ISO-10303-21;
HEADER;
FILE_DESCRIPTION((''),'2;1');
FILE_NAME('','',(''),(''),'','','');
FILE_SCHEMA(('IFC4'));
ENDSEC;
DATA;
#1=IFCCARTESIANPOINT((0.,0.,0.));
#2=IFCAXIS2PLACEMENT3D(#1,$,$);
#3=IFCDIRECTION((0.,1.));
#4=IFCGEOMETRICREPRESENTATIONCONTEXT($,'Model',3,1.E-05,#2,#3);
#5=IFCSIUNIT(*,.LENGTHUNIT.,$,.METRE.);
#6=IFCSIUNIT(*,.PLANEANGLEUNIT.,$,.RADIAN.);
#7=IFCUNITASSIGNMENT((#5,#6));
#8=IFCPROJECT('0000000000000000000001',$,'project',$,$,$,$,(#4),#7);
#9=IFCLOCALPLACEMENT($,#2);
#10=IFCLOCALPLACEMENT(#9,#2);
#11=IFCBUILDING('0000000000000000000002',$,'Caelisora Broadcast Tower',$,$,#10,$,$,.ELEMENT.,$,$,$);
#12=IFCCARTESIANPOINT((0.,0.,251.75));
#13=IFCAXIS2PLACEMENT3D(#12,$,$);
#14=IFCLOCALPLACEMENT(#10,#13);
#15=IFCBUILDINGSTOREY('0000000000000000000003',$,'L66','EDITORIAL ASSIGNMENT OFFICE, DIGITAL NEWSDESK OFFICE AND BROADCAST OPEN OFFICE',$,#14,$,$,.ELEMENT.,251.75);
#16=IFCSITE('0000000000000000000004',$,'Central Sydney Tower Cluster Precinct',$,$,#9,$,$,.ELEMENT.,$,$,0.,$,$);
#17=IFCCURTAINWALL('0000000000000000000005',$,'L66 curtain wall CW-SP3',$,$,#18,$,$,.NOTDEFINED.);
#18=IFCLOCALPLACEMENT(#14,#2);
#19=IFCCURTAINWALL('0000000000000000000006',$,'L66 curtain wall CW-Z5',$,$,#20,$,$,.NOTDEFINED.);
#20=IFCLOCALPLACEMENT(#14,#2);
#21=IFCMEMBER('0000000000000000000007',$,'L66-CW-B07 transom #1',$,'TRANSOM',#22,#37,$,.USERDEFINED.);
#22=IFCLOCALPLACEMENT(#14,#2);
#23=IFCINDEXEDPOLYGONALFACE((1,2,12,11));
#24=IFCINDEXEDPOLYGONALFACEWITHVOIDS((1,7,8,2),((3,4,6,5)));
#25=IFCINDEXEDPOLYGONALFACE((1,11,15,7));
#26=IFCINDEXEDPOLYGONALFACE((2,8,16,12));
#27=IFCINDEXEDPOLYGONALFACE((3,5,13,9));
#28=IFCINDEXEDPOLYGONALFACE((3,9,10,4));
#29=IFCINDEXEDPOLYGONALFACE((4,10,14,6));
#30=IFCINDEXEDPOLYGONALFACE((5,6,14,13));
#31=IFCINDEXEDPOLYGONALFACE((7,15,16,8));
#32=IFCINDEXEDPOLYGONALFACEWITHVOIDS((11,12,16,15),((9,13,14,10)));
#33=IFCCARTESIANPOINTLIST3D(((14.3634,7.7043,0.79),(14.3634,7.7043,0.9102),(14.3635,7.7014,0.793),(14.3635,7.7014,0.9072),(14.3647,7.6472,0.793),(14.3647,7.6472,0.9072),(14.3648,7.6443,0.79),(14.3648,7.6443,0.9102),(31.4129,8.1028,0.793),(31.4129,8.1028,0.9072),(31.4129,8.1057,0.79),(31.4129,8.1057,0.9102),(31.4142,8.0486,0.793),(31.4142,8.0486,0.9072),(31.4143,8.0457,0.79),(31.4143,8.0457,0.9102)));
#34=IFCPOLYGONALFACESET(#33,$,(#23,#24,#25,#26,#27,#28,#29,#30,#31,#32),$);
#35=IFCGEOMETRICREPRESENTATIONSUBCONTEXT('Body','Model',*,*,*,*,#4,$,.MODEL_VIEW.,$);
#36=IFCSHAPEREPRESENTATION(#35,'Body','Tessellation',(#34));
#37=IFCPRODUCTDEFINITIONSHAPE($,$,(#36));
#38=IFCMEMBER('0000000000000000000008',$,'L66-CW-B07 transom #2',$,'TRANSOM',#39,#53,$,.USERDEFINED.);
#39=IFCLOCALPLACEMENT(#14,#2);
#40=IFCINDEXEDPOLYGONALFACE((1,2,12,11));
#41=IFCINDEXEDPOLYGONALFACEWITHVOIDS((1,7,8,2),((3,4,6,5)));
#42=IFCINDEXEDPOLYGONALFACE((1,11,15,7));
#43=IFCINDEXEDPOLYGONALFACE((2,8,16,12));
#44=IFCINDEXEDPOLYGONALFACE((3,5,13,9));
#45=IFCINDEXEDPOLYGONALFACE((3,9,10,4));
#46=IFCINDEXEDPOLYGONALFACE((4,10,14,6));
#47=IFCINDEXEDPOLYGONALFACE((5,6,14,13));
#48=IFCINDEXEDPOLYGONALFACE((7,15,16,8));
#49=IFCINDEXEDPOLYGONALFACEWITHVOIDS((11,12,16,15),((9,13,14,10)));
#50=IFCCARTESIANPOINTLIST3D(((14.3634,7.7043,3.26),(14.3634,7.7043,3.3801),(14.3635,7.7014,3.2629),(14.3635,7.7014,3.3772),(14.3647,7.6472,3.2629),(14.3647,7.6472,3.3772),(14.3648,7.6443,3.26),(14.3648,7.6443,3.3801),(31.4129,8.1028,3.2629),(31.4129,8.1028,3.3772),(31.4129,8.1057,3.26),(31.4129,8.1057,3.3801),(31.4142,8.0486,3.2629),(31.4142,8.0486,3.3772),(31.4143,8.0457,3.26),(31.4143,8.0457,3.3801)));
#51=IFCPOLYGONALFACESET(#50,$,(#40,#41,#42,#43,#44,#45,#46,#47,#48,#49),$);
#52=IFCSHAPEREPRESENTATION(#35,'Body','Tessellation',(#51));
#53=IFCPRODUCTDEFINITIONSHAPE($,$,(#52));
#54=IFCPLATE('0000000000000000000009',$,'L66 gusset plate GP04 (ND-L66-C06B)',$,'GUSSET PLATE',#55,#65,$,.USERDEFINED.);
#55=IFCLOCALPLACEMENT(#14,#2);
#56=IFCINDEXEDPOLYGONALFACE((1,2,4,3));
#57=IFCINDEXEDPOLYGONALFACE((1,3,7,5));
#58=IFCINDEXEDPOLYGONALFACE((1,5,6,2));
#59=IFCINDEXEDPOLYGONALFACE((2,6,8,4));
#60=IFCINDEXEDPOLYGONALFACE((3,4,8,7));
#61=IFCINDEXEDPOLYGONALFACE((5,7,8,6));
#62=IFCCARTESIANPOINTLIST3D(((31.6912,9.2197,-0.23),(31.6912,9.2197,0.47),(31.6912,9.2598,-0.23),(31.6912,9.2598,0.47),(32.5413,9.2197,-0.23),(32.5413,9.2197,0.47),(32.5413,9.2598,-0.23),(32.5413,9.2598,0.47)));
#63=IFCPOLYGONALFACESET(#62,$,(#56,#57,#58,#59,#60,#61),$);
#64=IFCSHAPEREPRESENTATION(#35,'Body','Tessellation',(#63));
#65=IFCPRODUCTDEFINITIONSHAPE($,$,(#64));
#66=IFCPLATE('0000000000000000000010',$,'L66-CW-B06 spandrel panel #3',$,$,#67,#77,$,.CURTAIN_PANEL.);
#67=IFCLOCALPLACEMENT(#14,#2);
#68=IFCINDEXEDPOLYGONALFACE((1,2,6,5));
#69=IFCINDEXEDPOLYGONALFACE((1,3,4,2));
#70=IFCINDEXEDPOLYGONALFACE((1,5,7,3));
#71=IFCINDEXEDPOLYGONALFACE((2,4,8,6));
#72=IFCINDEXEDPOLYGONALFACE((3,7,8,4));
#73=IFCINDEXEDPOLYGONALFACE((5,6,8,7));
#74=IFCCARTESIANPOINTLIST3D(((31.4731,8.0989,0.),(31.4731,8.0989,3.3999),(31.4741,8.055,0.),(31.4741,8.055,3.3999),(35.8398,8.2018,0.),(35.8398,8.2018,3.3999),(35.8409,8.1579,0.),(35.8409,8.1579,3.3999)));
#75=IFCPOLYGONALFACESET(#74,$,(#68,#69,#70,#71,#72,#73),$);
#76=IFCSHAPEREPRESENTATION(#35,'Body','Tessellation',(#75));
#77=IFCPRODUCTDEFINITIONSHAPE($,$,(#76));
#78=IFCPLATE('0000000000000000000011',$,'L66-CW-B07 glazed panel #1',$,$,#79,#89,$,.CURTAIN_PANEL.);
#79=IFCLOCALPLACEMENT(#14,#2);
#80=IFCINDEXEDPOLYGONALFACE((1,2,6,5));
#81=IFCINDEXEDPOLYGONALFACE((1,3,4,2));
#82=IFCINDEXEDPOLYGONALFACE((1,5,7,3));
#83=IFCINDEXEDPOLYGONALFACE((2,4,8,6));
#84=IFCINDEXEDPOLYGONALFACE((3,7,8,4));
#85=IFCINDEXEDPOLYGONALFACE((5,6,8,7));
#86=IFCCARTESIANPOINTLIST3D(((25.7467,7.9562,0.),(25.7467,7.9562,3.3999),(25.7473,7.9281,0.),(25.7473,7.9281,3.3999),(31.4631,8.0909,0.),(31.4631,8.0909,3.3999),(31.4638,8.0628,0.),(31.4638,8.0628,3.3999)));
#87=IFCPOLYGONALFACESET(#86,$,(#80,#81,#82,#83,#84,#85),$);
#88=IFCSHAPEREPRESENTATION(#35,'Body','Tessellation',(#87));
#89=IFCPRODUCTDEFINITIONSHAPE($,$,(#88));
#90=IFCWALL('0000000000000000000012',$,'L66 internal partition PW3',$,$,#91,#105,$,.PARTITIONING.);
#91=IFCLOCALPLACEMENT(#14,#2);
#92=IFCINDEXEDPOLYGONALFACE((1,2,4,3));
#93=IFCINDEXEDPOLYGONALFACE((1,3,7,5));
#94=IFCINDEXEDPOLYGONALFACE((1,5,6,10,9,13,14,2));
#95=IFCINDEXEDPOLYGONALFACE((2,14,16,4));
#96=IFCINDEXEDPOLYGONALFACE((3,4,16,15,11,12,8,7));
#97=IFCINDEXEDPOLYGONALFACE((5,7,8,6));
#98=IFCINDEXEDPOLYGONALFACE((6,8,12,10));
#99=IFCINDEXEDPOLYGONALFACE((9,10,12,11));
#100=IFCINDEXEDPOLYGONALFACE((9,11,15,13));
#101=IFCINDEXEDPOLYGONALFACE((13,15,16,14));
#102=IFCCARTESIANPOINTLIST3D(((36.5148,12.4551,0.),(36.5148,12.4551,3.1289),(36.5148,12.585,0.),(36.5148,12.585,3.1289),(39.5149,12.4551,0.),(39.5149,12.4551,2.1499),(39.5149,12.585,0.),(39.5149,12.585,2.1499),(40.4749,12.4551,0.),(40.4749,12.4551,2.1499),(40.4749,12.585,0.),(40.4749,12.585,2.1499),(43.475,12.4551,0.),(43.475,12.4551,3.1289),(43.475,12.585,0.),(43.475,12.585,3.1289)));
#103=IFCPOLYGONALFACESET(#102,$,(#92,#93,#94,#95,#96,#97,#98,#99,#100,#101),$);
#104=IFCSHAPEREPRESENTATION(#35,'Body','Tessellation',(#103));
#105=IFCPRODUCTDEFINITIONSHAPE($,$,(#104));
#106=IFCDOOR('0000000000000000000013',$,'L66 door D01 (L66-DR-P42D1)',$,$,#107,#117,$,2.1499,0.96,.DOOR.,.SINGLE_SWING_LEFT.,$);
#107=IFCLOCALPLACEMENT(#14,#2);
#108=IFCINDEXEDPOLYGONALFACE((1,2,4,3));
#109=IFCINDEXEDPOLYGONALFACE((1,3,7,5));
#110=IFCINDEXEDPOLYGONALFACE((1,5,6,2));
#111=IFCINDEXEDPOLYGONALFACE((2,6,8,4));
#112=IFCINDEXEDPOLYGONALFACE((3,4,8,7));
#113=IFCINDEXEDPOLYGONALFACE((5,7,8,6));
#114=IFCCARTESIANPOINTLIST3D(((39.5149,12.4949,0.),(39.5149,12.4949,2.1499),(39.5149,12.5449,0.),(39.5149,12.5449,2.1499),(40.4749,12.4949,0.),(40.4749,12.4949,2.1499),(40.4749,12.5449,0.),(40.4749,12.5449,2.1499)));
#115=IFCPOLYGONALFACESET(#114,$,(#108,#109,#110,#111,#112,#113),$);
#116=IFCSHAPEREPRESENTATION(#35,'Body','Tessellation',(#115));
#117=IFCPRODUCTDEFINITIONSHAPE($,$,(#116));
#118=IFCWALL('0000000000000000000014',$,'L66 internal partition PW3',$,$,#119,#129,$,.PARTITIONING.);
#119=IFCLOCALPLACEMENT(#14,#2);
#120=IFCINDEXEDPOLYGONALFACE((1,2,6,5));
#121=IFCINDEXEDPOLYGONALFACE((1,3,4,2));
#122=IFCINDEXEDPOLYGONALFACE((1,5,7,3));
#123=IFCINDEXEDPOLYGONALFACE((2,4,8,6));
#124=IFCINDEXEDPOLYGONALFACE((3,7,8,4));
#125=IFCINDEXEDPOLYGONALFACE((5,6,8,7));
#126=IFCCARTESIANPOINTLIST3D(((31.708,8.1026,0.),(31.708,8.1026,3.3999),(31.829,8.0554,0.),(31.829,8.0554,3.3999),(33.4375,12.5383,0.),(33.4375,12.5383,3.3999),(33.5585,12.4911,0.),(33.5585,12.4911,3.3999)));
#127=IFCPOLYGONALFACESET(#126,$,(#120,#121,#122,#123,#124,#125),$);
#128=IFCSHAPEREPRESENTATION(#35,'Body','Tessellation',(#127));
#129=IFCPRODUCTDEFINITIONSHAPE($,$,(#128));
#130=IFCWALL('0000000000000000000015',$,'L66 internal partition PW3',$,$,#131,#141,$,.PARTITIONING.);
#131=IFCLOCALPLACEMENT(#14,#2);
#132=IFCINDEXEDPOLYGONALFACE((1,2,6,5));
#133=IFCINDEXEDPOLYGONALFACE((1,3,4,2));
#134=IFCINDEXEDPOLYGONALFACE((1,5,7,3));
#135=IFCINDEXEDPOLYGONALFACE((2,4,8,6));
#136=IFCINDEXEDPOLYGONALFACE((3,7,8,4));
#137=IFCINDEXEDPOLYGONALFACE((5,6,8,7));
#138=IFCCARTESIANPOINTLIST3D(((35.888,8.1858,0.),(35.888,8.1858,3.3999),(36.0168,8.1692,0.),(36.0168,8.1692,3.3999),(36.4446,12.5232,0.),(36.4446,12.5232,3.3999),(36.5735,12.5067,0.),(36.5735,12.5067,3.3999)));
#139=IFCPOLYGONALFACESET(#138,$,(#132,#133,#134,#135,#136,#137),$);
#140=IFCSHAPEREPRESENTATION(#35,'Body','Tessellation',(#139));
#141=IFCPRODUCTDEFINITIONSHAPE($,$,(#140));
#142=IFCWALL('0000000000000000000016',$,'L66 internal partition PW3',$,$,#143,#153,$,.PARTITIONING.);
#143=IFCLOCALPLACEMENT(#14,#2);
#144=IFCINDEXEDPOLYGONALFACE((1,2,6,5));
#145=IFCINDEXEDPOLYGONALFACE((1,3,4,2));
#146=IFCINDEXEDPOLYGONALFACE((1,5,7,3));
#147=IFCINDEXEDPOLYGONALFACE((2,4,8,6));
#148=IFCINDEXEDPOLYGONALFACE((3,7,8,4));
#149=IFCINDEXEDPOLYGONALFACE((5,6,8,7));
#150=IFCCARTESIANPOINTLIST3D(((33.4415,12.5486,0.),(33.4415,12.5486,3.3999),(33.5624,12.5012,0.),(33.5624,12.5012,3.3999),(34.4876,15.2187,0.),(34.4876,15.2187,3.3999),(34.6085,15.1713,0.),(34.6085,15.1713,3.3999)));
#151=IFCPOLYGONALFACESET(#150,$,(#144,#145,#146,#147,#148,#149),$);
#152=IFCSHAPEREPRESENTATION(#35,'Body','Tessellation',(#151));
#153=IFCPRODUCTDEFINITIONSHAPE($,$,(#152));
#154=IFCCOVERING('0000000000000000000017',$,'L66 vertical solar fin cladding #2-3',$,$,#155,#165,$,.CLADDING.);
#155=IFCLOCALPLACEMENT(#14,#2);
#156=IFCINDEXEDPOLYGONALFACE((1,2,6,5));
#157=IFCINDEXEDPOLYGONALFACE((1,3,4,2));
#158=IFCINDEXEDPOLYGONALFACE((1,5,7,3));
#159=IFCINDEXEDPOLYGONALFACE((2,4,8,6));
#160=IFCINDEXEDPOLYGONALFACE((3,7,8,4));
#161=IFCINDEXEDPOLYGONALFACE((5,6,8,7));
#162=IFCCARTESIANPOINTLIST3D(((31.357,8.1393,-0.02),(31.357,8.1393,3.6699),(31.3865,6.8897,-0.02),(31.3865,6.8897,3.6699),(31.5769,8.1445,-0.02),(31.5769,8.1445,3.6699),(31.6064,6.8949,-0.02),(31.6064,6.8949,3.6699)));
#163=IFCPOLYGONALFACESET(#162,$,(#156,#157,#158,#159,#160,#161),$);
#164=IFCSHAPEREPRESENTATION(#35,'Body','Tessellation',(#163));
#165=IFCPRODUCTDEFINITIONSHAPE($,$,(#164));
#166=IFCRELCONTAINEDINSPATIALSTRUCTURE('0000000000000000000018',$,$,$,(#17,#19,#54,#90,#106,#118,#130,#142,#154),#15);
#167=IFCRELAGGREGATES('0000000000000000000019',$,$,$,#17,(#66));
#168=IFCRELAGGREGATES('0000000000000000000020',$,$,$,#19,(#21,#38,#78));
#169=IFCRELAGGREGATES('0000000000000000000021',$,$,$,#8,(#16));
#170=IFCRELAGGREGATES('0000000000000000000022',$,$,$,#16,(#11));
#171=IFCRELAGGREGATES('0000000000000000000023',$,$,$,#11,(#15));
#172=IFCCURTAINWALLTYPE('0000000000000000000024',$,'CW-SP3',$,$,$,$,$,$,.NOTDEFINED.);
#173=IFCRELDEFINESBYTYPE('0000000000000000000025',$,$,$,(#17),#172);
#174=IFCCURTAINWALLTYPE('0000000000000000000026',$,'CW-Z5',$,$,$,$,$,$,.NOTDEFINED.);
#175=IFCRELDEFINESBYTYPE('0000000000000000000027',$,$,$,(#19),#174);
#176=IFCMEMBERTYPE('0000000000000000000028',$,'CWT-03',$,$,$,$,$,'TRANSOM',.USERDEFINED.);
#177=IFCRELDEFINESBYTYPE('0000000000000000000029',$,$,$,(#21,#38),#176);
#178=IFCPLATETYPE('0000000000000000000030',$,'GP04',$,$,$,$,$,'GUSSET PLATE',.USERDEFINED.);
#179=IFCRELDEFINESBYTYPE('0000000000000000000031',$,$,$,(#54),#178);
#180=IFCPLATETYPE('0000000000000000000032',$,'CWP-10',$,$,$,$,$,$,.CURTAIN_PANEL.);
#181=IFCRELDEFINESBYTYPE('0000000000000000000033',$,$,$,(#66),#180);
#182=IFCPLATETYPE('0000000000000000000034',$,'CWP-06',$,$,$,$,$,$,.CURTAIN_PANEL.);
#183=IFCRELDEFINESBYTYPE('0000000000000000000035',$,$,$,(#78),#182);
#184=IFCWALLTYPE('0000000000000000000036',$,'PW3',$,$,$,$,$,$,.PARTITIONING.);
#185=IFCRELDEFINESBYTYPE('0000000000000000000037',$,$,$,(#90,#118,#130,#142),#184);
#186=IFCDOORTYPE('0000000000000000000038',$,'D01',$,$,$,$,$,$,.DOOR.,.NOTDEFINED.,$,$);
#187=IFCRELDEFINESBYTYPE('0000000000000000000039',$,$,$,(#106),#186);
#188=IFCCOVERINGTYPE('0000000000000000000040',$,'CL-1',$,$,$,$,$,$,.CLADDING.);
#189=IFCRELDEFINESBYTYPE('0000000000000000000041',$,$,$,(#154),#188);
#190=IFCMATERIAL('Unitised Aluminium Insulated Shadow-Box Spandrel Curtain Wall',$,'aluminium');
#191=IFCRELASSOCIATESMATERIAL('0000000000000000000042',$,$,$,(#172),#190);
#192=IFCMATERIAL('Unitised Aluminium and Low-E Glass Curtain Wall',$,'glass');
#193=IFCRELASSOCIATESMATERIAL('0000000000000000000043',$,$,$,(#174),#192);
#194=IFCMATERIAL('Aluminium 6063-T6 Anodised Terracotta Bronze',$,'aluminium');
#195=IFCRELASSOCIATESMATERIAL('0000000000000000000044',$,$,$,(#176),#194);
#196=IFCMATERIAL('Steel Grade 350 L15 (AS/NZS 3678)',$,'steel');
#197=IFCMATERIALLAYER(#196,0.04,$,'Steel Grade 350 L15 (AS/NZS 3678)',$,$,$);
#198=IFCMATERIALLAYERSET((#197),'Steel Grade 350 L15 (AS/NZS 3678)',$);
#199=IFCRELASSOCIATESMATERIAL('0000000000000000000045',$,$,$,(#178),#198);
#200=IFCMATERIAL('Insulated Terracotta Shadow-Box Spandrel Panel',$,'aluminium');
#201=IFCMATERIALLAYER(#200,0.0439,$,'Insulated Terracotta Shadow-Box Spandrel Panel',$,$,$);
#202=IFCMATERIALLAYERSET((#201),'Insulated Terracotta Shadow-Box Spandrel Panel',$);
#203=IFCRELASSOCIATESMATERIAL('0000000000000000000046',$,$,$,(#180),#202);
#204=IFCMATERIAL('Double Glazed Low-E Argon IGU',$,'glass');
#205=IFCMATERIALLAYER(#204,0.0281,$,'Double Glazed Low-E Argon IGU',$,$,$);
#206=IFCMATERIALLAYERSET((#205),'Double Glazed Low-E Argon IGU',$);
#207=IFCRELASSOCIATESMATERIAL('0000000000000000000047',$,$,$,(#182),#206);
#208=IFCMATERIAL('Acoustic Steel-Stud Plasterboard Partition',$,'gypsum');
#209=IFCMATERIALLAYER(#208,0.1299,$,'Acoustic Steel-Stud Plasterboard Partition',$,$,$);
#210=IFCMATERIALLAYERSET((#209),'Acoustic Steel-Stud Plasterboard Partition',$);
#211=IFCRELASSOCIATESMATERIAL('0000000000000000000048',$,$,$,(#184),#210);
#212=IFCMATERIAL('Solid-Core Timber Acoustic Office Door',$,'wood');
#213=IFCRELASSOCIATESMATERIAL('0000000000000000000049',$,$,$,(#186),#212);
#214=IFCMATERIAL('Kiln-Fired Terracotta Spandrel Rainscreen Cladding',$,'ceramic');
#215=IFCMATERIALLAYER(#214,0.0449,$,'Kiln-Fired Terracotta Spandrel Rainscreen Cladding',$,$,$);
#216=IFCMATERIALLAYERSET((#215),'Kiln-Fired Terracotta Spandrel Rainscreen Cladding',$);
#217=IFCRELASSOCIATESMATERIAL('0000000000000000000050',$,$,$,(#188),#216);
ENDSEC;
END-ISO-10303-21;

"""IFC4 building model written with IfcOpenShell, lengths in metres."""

from ifc_helpers import new_model, si_unit, direction, frame, frame_2d, origin, origin_2d, place, context, subcontext, project, spatial, rectangle, hollow_rectangle, extrude, source, transform, mapped, material, layer, layer_set, material_profile, profile_set, type_object, type_shapes, element, fill, aggregate, save


model = new_model("IFC4")

# Units and contexts
model_context = context("Model", 3, precision=1e-05, world=origin(), true_north=direction((0.0, 1.0)))
body_context = subcontext(model_context, "Body", "Model", "MODEL_VIEW")
ifc_project = project(units=[si_unit("LENGTHUNIT", "METRE"), si_unit("PLANEANGLEUNIT", "RADIAN")], contexts=[model_context])

# Site, building, storey
site_placement = place(None, origin())
site = spatial("IfcSite", under=ifc_project, at=site_placement, Name="Central Sydney Tower Cluster Precinct", CompositionType="ELEMENT", RefElevation=0.0)
building_placement = place(site_placement, origin())
building = spatial("IfcBuilding", under=site, at=building_placement, Name="Caelisora Broadcast Tower", CompositionType="ELEMENT")
storey_placement = place(building_placement, frame((0.0, 0.0, 251.75)))
storey = spatial("IfcBuildingStorey", under=building, at=storey_placement, Name="L66", Description="EDITORIAL ASSIGNMENT OFFICE, DIGITAL NEWSDESK OFFICE AND BROADCAST OPEN OFFICE", CompositionType="ELEMENT", Elevation=251.75)

# Shared definitions
ifc_material_1 = material(Name="Steel Grade 350 L15 (AS/NZS 3678)", Category="steel")

# Curtain walls, members
ifc_material_2 = material(Name="Unitised Aluminium Insulated Shadow-Box Spandrel Curtain Wall", Category="aluminium")
curtain_wall_type_1 = type_object("IfcCurtainWallType", Name="CW-SP3", PredefinedType="NOTDEFINED", material=ifc_material_2)
curtain_wall_1_placement = place(storey_placement, origin())
curtain_wall_1 = element("IfcCurtainWall", 1, at=curtain_wall_1_placement, inside=storey, type_object=curtain_wall_type_1, Name="L66 curtain wall CW-SP3", PredefinedType="NOTDEFINED")
ifc_material_3 = material(Name="Aluminium 6063-T6 Anodised Terracotta Bronze", Category="aluminium")
ifc_material_4 = material(Name="Unitised Aluminium and Low-E Glass Curtain Wall", Category="glass")
curtain_wall_type_2 = type_object("IfcCurtainWallType", Name="CW-Z5", PredefinedType="NOTDEFINED", material=ifc_material_4)
curtain_wall_2_placement = place(storey_placement, origin())
curtain_wall_2 = element("IfcCurtainWall", 2, at=curtain_wall_2_placement, inside=storey, type_object=curtain_wall_type_2, Name="L66 curtain wall CW-Z5", PredefinedType="NOTDEFINED")
ifc_material_profile_1 = material_profile(ifc_material_3, hollow_rectangle(XDim=0.0601, YDim=0.1201, WallThickness=0.0029, at=origin_2d()), Name="Aluminium 6063-T6 Anodised Terracotta Bronze")
ifc_profile_set_1 = profile_set([ifc_material_profile_1], Name="Aluminium 6063-T6 Anodised Terracotta Bronze")
member_type_1 = type_object("IfcMemberType", Name="CWT-03", ElementType="TRANSOM", PredefinedType="USERDEFINED", material=ifc_profile_set_1)
shared_shape_1 = source(origin(), body_context, "Body", "SweptSolid", [
    extrude(hollow_rectangle(XDim=0.0601, YDim=0.1201, WallThickness=0.0029, at=origin_2d()), origin(), (0.0, 0.0, 1.0), 17.0542),
])
type_shapes(member_type_1, [shared_shape_1])
member_1_placement = place(storey_placement, frame((31.4136, 8.0757, 0.8501), z_axis=(-0.999723, -0.023535, 0.0), x_axis=(0.023535, -0.999723, 0.0)))
member_1 = element("IfcMember", 3, at=member_1_placement, type_object=member_type_1, Name="L66-CW-B07 transom #1", ObjectType="TRANSOM", PredefinedType="USERDEFINED", context=body_context, shape_type="MappedRepresentation", body=[
    mapped(shared_shape_1, transform((0.0, 0.0, 0.0), scale=1.0)),
])
member_2_placement = place(storey_placement, frame((31.4136, 8.0757, 3.3201), z_axis=(-0.999723, -0.023535, 0.0), x_axis=(0.023535, -0.999723, 0.0)))
member_2 = element("IfcMember", 4, at=member_2_placement, type_object=member_type_1, Name="L66-CW-B07 transom #2", ObjectType="TRANSOM", PredefinedType="USERDEFINED", context=body_context, shape_type="MappedRepresentation", body=[
    mapped(shared_shape_1, transform((0.0, 0.0, 0.0), scale=1.0)),
])

# Plates
ifc_layer_1 = layer(ifc_material_1, 0.04, Name="Steel Grade 350 L15 (AS/NZS 3678)")
ifc_layer_set_1 = layer_set([ifc_layer_1], Name="Steel Grade 350 L15 (AS/NZS 3678)")
plate_type_1 = type_object("IfcPlateType", Name="GP04", ElementType="GUSSET PLATE", PredefinedType="USERDEFINED", material=ifc_layer_set_1)
shared_shape_2 = source(origin(), body_context, "Body", "SweptSolid", [
    extrude(rectangle(XDim=0.8501, YDim=0.04, at=origin_2d()), origin(), (0.0, 0.0, 1.0), 0.7),
])
type_shapes(plate_type_1, [shared_shape_2])
plate_1_placement = place(storey_placement, frame((32.1162, 9.2397, -0.23), z_axis=(0.0, 0.0, 1.0), x_axis=(1.0, 0.0, 0.0)))
element("IfcPlate", 5, at=plate_1_placement, inside=storey, type_object=plate_type_1, Name="L66 gusset plate GP04 (ND-L66-C06B)", ObjectType="GUSSET PLATE", PredefinedType="USERDEFINED", context=body_context, shape_type="MappedRepresentation", body=[
    mapped(shared_shape_2, transform((0.0, 0.0, 0.0), scale=1.0)),
])
ifc_material_5 = material(Name="Insulated Terracotta Shadow-Box Spandrel Panel", Category="aluminium")
ifc_layer_2 = layer(ifc_material_5, 0.0439, Name="Insulated Terracotta Shadow-Box Spandrel Panel")
ifc_layer_set_2 = layer_set([ifc_layer_2], Name="Insulated Terracotta Shadow-Box Spandrel Panel")
plate_type_2 = type_object("IfcPlateType", Name="CWP-10", PredefinedType="CURTAIN_PANEL", material=ifc_layer_set_2)
shared_shape_3 = source(origin(), body_context, "Body", "SweptSolid", [
    extrude(rectangle(XDim=4.3679, YDim=0.0439, at=origin_2d()), origin(), (0.0, 0.0, 1.0), 3.3999),
])
type_shapes(plate_type_2, [shared_shape_3])
plate_2_placement = place(storey_placement, frame((33.657, 8.1284, 0.0), z_axis=(0.0, 0.0, 1.0), x_axis=(-0.999722, -0.02356, 0.0)))
plate_2 = element("IfcPlate", 6, at=plate_2_placement, type_object=plate_type_2, Name="L66-CW-B06 spandrel panel #3", PredefinedType="CURTAIN_PANEL", context=body_context, shape_type="MappedRepresentation", body=[
    mapped(shared_shape_3, transform((0.0, 0.0, 0.0), scale=1.0)),
])
aggregate(curtain_wall_1, [plate_2])
ifc_material_6 = material(Name="Double Glazed Low-E Argon IGU", Category="glass")
ifc_layer_3 = layer(ifc_material_6, 0.0281, Name="Double Glazed Low-E Argon IGU")
ifc_layer_set_3 = layer_set([ifc_layer_3], Name="Double Glazed Low-E Argon IGU")
plate_type_3 = type_object("IfcPlateType", Name="CWP-06", PredefinedType="CURTAIN_PANEL", material=ifc_layer_set_3)
shared_shape_4 = source(origin(), body_context, "Body", "SweptSolid", [
    extrude(rectangle(XDim=5.718, YDim=0.0281, at=origin_2d()), origin(), (0.0, 0.0, 1.0), 3.3999),
])
type_shapes(plate_type_3, [shared_shape_4])
plate_3_placement = place(storey_placement, frame((28.6052, 8.0095, 0.0), z_axis=(0.0, 0.0, 1.0), x_axis=(-0.999722, -0.02356, 0.0)))
plate_3 = element("IfcPlate", 7, at=plate_3_placement, type_object=plate_type_3, Name="L66-CW-B07 glazed panel #1", PredefinedType="CURTAIN_PANEL", context=body_context, shape_type="MappedRepresentation", body=[
    mapped(shared_shape_4, transform((0.0, 0.0, 0.0), scale=1.0)),
])
aggregate(curtain_wall_2, [member_1, member_2, plate_3])

# Wall, opening, door
ifc_material_7 = material(Name="Acoustic Steel-Stud Plasterboard Partition", Category="gypsum")
ifc_layer_4 = layer(ifc_material_7, 0.1299, Name="Acoustic Steel-Stud Plasterboard Partition")
ifc_layer_set_4 = layer_set([ifc_layer_4], Name="Acoustic Steel-Stud Plasterboard Partition")
wall_type = type_object("IfcWallType", Name="PW3", PredefinedType="PARTITIONING", material=ifc_layer_set_4)
wall_1_placement = place(storey_placement, frame((36.5149, 12.52, 0.0), z_axis=(0.0, 0.0, 1.0), x_axis=(1.0, 0.0, 0.0)))
wall_1 = element("IfcWall", 8, at=wall_1_placement, inside=storey, type_object=wall_type, Name="L66 internal partition PW3", PredefinedType="PARTITIONING", context=body_context, shape_type="SweptSolid", body=[
    extrude(rectangle(XDim=6.9602, YDim=0.1299, at=frame_2d((3.48, 0.0))), origin(), (0.0, 0.0, 1.0), 3.1289),
])
opening_placement = place(wall_1_placement, frame((3.0, 0.0, 0.0)))
opening = element("IfcOpeningElement", 9, at=opening_placement, cuts=wall_1, PredefinedType="OPENING", context=body_context, shape_type="SweptSolid", body=[
    extrude(rectangle(XDim=0.96, YDim=2.1499, at=frame_2d((0.48, 1.075))), frame((0.0, 0.0769, 0.0), z_axis=(0.0, -1.0, 0.0), x_axis=(1.0, 0.0, 0.0)), (0.0, 0.0, 1.0), 0.1538),
])
ifc_material_8 = material(Name="Solid-Core Timber Acoustic Office Door", Category="wood")
door_type = type_object("IfcDoorType", Name="D01", OperationType="NOTDEFINED", PredefinedType="DOOR", material=ifc_material_8)
door_placement = place(opening_placement, origin())
door = element("IfcDoor", 10, at=door_placement, inside=storey, type_object=door_type, Name="L66 door D01 (L66-DR-P42D1)", OperationType="SINGLE_SWING_LEFT", OverallHeight=2.1499, OverallWidth=0.96, PredefinedType="DOOR", context=body_context, shape_type="SweptSolid", body=[
    extrude(rectangle(XDim=0.96, YDim=2.1499, at=frame_2d((0.48, 1.075))), frame((0.0, 0.0249, 0.0), z_axis=(0.0, -1.0, 0.0), x_axis=(1.0, 0.0, 0.0)), (0.0, 0.0, 1.0), 0.05),
])
fill(opening, door)

# Walls
wall_2_placement = place(storey_placement, frame((31.7686, 8.0791, 0.0), z_axis=(0.0, 0.0, 1.0), x_axis=(0.36326, 0.931688, 0.0)))
element("IfcWall", 11, at=wall_2_placement, inside=storey, type_object=wall_type, Name="L66 internal partition PW3", PredefinedType="PARTITIONING", context=body_context, shape_type="SweptSolid", body=[
    extrude(rectangle(XDim=4.761, YDim=0.1299, at=frame_2d((2.3804, 0.0))), origin(), (0.0, 0.0, 1.0), 3.3999),
])
wall_3_placement = place(storey_placement, frame((35.9524, 8.1775, 0.0), z_axis=(0.0, 0.0, 1.0), x_axis=(0.127291, 0.991865, 0.0)))
element("IfcWall", 12, at=wall_3_placement, inside=storey, type_object=wall_type, Name="L66 internal partition PW3", PredefinedType="PARTITIONING", context=body_context, shape_type="SweptSolid", body=[
    extrude(rectangle(XDim=4.373, YDim=0.1299, at=frame_2d((2.1865, 0.0))), origin(), (0.0, 0.0, 1.0), 3.3999),
])
wall_4_placement = place(storey_placement, frame((33.502, 12.5249, 0.0), z_axis=(0.0, 0.0, 1.0), x_axis=(0.364791, 0.931089, 0.0)))
element("IfcWall", 13, at=wall_4_placement, inside=storey, type_object=wall_type, Name="L66 internal partition PW3", PredefinedType="PARTITIONING", context=body_context, shape_type="SweptSolid", body=[
    extrude(rectangle(XDim=2.8677, YDim=0.1299, at=frame_2d((1.4338, 0.0))), origin(), (0.0, 0.0, 1.0), 3.3999),
])

# Covering
ifc_material_9 = material(Name="Kiln-Fired Terracotta Spandrel Rainscreen Cladding", Category="ceramic")
ifc_layer_5 = layer(ifc_material_9, 0.0449, Name="Kiln-Fired Terracotta Spandrel Rainscreen Cladding")
ifc_layer_set_5 = layer_set([ifc_layer_5], Name="Kiln-Fired Terracotta Spandrel Rainscreen Cladding")
covering_type = type_object("IfcCoveringType", Name="CL-1", PredefinedType="CLADDING", material=ifc_layer_set_5)
shared_shape_5 = source(origin(), body_context, "Body", "SweptSolid", [
    extrude(rectangle(XDim=0.22, YDim=1.25, at=origin_2d()), origin(), (0.0, 0.0, 1.0), 3.6899),
])
covering_1_placement = place(storey_placement, frame((31.4817, 7.5171, -0.02), z_axis=(0.0, 0.0, 1.0), x_axis=(-0.999722, -0.02356, 0.0)))
element("IfcCovering", 14, at=covering_1_placement, inside=storey, type_object=covering_type, Name="L66 vertical solar fin cladding #2-3", PredefinedType="CLADDING", context=body_context, shape_type="MappedRepresentation", body=[
    mapped(shared_shape_5, transform((0.0, 0.0, 0.0), scale=1.0)),
])

save(model, "model.ifc")
